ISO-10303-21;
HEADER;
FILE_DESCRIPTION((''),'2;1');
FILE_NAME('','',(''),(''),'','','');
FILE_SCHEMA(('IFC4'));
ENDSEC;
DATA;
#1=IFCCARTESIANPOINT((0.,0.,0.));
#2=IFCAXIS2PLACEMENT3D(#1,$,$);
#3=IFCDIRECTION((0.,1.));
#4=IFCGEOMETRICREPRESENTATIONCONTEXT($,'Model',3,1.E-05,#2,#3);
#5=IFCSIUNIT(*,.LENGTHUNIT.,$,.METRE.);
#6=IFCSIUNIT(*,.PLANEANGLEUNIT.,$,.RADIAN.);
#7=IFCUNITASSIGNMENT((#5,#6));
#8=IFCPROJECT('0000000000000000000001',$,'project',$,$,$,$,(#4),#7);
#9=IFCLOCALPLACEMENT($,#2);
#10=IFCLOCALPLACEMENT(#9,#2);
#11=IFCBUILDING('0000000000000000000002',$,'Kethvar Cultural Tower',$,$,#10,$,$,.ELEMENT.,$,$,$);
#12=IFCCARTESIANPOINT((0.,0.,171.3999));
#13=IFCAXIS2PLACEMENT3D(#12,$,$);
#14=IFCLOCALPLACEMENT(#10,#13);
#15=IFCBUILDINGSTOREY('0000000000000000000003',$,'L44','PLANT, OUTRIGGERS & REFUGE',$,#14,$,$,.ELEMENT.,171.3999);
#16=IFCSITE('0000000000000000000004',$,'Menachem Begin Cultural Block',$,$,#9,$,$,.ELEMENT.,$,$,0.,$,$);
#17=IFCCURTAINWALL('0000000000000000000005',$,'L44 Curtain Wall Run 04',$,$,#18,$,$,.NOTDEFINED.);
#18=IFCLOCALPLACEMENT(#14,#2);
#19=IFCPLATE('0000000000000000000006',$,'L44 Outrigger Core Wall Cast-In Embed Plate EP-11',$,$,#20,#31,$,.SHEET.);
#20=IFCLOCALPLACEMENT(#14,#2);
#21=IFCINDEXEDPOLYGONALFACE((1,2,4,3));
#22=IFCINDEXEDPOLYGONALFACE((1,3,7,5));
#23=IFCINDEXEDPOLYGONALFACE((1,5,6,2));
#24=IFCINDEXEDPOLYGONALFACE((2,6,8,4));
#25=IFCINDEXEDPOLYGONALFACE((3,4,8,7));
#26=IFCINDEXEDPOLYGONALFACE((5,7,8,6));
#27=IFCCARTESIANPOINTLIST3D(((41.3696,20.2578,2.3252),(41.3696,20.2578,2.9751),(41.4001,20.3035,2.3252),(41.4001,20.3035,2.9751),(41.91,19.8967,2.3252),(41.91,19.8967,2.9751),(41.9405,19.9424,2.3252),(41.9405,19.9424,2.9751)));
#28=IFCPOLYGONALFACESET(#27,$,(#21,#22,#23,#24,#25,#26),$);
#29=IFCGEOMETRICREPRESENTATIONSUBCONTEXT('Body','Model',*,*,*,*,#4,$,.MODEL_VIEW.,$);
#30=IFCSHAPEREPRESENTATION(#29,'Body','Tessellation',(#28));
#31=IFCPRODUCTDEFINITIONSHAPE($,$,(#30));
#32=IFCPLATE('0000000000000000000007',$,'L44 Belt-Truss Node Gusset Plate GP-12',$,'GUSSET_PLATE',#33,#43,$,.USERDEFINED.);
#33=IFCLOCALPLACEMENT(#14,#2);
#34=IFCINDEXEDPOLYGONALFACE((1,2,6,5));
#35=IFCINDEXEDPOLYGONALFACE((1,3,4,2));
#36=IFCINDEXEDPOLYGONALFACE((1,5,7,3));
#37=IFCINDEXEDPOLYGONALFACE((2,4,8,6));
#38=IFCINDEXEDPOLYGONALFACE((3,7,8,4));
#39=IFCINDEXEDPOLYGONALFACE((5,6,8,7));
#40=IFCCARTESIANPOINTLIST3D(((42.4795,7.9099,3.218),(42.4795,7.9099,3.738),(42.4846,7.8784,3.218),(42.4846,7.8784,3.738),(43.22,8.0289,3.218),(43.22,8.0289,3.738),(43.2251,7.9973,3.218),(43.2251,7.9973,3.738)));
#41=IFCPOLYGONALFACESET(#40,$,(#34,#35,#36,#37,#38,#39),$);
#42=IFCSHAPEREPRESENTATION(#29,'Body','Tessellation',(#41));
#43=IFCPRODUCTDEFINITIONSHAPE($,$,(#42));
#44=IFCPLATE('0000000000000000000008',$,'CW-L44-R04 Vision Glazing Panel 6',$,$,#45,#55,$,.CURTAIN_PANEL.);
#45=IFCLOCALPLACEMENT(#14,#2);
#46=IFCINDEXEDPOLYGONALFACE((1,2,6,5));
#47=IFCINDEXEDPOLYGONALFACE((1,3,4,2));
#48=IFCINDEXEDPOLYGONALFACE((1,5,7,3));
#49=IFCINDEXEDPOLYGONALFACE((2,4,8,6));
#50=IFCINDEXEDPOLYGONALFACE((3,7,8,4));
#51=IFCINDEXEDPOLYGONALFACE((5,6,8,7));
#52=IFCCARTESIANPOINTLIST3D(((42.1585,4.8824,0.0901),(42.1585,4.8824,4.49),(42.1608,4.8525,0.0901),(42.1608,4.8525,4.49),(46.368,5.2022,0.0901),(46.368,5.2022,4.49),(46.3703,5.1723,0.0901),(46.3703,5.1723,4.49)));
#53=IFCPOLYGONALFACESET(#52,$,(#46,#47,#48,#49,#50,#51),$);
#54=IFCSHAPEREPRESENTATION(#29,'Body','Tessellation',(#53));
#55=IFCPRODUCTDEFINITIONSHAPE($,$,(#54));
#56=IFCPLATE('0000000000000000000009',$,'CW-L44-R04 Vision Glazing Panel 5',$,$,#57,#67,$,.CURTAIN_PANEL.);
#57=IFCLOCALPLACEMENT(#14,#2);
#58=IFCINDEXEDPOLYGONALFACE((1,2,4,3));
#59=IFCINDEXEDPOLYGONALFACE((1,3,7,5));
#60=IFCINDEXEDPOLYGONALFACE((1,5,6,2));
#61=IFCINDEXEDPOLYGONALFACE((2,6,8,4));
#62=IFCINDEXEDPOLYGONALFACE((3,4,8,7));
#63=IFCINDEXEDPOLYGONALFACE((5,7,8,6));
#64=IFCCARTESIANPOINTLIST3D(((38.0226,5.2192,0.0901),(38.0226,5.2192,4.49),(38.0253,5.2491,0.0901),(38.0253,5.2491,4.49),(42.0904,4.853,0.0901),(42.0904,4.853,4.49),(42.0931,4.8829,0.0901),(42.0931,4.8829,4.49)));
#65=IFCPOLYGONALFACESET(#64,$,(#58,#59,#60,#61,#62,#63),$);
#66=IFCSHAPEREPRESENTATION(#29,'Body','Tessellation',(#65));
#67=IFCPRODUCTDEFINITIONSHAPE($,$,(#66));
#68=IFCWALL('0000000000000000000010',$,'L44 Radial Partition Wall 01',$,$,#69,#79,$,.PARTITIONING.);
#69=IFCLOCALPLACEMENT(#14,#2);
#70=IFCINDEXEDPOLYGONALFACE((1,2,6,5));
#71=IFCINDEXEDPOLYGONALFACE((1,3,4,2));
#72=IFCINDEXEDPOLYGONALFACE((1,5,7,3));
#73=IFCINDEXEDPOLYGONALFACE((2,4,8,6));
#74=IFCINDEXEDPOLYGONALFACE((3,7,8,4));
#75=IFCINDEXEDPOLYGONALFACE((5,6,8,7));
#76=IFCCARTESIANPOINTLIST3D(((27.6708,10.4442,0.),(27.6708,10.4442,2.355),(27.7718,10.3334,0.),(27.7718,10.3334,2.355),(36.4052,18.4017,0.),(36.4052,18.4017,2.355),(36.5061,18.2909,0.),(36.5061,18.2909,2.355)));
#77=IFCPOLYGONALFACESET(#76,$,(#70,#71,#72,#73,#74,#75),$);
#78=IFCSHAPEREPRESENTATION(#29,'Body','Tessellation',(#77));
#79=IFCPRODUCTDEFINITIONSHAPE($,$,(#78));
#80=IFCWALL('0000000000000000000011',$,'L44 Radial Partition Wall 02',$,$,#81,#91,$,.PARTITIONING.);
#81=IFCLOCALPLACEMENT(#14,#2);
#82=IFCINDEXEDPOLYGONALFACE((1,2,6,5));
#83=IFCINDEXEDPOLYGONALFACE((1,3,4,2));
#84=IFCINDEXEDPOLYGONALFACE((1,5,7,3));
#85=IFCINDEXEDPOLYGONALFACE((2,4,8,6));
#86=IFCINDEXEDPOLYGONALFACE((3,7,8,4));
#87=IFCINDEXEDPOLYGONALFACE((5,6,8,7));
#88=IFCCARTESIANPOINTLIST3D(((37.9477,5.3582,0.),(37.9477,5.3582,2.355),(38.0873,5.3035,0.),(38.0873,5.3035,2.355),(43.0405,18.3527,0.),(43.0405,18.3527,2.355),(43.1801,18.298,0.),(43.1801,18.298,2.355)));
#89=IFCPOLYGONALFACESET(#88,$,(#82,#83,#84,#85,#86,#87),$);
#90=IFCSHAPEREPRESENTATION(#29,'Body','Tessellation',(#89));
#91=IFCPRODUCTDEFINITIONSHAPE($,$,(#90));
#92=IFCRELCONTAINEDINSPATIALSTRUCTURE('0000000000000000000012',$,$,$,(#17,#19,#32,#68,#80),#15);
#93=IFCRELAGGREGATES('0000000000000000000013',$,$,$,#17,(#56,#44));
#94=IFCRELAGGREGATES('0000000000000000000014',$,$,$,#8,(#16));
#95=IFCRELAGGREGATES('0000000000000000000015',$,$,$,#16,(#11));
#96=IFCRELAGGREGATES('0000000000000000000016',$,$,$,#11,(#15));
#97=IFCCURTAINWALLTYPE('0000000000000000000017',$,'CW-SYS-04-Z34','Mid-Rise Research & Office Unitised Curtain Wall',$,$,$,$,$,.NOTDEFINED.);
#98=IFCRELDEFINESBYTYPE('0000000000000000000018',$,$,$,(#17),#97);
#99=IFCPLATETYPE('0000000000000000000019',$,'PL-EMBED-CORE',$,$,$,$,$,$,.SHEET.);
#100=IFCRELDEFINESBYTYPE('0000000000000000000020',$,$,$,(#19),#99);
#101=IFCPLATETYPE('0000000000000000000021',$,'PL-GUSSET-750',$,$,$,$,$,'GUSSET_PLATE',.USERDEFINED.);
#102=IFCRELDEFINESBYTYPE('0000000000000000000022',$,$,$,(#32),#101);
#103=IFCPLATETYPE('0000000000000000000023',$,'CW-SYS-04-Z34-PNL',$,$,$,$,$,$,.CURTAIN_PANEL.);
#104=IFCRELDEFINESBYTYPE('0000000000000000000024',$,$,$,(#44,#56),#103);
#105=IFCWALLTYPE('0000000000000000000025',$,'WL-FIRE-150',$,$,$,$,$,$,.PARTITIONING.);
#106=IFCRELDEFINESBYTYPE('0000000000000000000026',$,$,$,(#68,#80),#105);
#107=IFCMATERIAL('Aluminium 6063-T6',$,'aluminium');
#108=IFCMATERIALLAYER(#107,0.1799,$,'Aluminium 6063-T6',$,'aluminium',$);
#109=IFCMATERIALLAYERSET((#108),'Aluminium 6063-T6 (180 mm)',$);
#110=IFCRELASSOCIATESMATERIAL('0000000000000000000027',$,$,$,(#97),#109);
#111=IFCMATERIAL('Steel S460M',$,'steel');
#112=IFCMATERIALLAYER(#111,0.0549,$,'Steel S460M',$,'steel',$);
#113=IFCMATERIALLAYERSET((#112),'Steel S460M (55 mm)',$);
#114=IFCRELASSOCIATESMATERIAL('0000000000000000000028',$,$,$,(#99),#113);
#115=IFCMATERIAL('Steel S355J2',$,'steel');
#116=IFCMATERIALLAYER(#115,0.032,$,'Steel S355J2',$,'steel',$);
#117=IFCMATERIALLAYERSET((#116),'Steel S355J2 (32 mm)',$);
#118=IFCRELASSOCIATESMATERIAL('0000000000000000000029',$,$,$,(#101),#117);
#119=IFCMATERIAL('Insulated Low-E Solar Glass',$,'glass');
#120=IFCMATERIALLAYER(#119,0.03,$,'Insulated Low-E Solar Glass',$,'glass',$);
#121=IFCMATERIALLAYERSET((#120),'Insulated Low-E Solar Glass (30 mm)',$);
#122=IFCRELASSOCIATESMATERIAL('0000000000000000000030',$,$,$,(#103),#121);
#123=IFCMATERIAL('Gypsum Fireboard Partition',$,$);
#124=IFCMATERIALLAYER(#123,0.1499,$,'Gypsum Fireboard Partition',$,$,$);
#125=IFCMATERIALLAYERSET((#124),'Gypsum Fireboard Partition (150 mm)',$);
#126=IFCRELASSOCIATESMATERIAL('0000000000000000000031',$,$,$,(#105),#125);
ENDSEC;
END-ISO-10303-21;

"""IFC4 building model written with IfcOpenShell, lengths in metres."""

from ifc_helpers import new_model, si_unit, direction, frame, frame_2d, origin, origin_2d, place, context, subcontext, project, spatial, rectangle, extrude, source, transform, mapped, material, layer, layer_set, type_object, element, aggregate, save


model = new_model("IFC4")

# Units and contexts
model_context = context("Model", 3, precision=1e-05, world=origin(), true_north=direction((0.0, 1.0)))
body_context = subcontext(model_context, "Body", "Model", "MODEL_VIEW")
ifc_project = project(units=[si_unit("LENGTHUNIT", "METRE"), si_unit("PLANEANGLEUNIT", "RADIAN")], contexts=[model_context])

# Site, building, storey
site_placement = place(None, origin())
site = spatial("IfcSite", under=ifc_project, at=site_placement, Name="Menachem Begin Cultural Block", CompositionType="ELEMENT", RefElevation=0.0)
building_placement = place(site_placement, origin())
building = spatial("IfcBuilding", under=site, at=building_placement, Name="Kethvar Cultural Tower", CompositionType="ELEMENT")
storey_placement = place(building_placement, frame((0.0, 0.0, 171.3999)))
storey = spatial("IfcBuildingStorey", under=building, at=storey_placement, Name="L44", Description="PLANT, OUTRIGGERS & REFUGE", CompositionType="ELEMENT", Elevation=171.3999)

# Shared definitions
ifc_material_1 = material(Name="Steel S460M", Category="steel")

# Curtain wall
ifc_material_2 = material(Name="Aluminium 6063-T6", Category="aluminium")
ifc_layer_1 = layer(ifc_material_2, 0.1799, Name="Aluminium 6063-T6", Category="aluminium")
ifc_layer_set_1 = layer_set([ifc_layer_1], Name="Aluminium 6063-T6 (180 mm)")
curtain_wall_type = type_object("IfcCurtainWallType", Name="CW-SYS-04-Z34", Description="Mid-Rise Research & Office Unitised Curtain Wall", PredefinedType="NOTDEFINED", material=ifc_layer_set_1)
curtain_wall_1_placement = place(storey_placement, origin())
curtain_wall_1 = element("IfcCurtainWall", 1, at=curtain_wall_1_placement, inside=storey, type_object=curtain_wall_type, Name="L44 Curtain Wall Run 04", PredefinedType="NOTDEFINED")

# Plates
ifc_layer_2 = layer(ifc_material_1, 0.0549, Name="Steel S460M", Category="steel")
ifc_layer_set_2 = layer_set([ifc_layer_2], Name="Steel S460M (55 mm)")
plate_type_1 = type_object("IfcPlateType", Name="PL-EMBED-CORE", PredefinedType="SHEET", material=ifc_layer_set_2)
shared_shape_1 = source(origin(), body_context, "Body", "SweptSolid", [
    extrude(rectangle(XDim=0.0549, YDim=0.6499, at=origin_2d()), origin(), (0.0, 0.0, 1.0), 0.6499),
])
plate_1_placement = place(storey_placement, frame((41.655, 20.1001, 2.3252), z_axis=(0.0, 0.0, 1.0), x_axis=(-0.55557, -0.83147, 0.0)))
element("IfcPlate", 2, at=plate_1_placement, inside=storey, type_object=plate_type_1, Name="L44 Outrigger Core Wall Cast-In Embed Plate EP-11", PredefinedType="SHEET", context=body_context, shape_type="MappedRepresentation", body=[
    mapped(shared_shape_1, transform((0.0, 0.0, 0.0), scale=1.0)),
])
ifc_material_3 = material(Name="Steel S355J2", Category="steel")
ifc_layer_3 = layer(ifc_material_3, 0.032, Name="Steel S355J2", Category="steel")
ifc_layer_set_3 = layer_set([ifc_layer_3], Name="Steel S355J2 (32 mm)")
plate_type_2 = type_object("IfcPlateType", Name="PL-GUSSET-750", ElementType="GUSSET_PLATE", PredefinedType="USERDEFINED", material=ifc_layer_set_3)
shared_shape_2 = source(origin(), body_context, "Body", "SweptSolid", [
    extrude(rectangle(XDim=0.75, YDim=0.032, at=origin_2d()), origin(), (0.0, 0.0, 1.0), 0.52),
])
plate_2_placement = place(storey_placement, frame((42.8523, 7.9536, 3.218), z_axis=(0.0, 0.0, 1.0), x_axis=(0.987347, 0.158574, 0.0)))
element("IfcPlate", 3, at=plate_2_placement, inside=storey, type_object=plate_type_2, Name="L44 Belt-Truss Node Gusset Plate GP-12", ObjectType="GUSSET_PLATE", PredefinedType="USERDEFINED", context=body_context, shape_type="MappedRepresentation", body=[
    mapped(shared_shape_2, transform((0.0, 0.0, 0.0), scale=1.0)),
])

# Plates
ifc_material_4 = material(Name="Insulated Low-E Solar Glass", Category="glass")
ifc_layer_4 = layer(ifc_material_4, 0.03, Name="Insulated Low-E Solar Glass", Category="glass")
ifc_layer_set_4 = layer_set([ifc_layer_4], Name="Insulated Low-E Solar Glass (30 mm)")
plate_type_3 = type_object("IfcPlateType", Name="CW-SYS-04-Z34-PNL", PredefinedType="CURTAIN_PANEL", material=ifc_layer_set_4)
shared_shape_3 = source(origin(), body_context, "Body", "SweptSolid", [
    extrude(rectangle(XDim=4.2217, YDim=0.03, at=origin_2d()), origin(), (0.0, 0.0, 1.0), 4.3999),
])
plate_3_placement = place(storey_placement, frame((44.2644, 5.0273, 0.0901), z_axis=(0.0, 0.0, 1.0), x_axis=(0.997127, 0.075744, 0.0)))
plate_3 = element("IfcPlate", 4, at=plate_3_placement, type_object=plate_type_3, Name="CW-L44-R04 Vision Glazing Panel 6", PredefinedType="CURTAIN_PANEL", context=body_context, shape_type="MappedRepresentation", body=[
    mapped(shared_shape_3, transform((0.0, 0.0, 0.0), scale=1.0)),
])
shared_shape_4 = source(origin(), body_context, "Body", "SweptSolid", [
    extrude(rectangle(XDim=4.0842, YDim=0.03, at=origin_2d()), origin(), (0.0, 0.0, 1.0), 4.3999),
])
plate_4_placement = place(storey_placement, frame((40.0579, 5.051, 0.0901), z_axis=(0.0, 0.0, 1.0), x_axis=(0.995973, -0.089659, 0.0)))
plate_4 = element("IfcPlate", 5, at=plate_4_placement, type_object=plate_type_3, Name="CW-L44-R04 Vision Glazing Panel 5", PredefinedType="CURTAIN_PANEL", context=body_context, shape_type="MappedRepresentation", body=[
    mapped(shared_shape_4, transform((0.0, 0.0, 0.0), scale=1.0)),
])
aggregate(curtain_wall_1, [plate_4, plate_3])

# Walls
ifc_material_5 = material(Name="Gypsum Fireboard Partition")
ifc_layer_5 = layer(ifc_material_5, 0.1499, Name="Gypsum Fireboard Partition")
ifc_layer_set_5 = layer_set([ifc_layer_5], Name="Gypsum Fireboard Partition (150 mm)")
wall_type_1 = type_object("IfcWallType", Name="WL-FIRE-150", PredefinedType="PARTITIONING", material=ifc_layer_set_5)
wall_1_placement = place(storey_placement, frame((36.4556, 18.3462, 0.0), z_axis=(0.0, 0.0, 1.0), x_axis=(-0.739216, -0.673468, 0.0)))
element("IfcWall", 6, at=wall_1_placement, inside=storey, type_object=wall_type_1, Name="L44 Radial Partition Wall 01", PredefinedType="PARTITIONING", context=body_context, shape_type="SweptSolid", body=[
    extrude(rectangle(XDim=11.8157, YDim=0.1499, at=frame_2d((5.9077, 0.0))), origin(), (0.0, 0.0, 1.0), 2.355),
])
wall_2_placement = place(storey_placement, frame((43.1104, 18.3254, 0.0), z_axis=(0.0, 0.0, 1.0), x_axis=(-0.364897, -0.931048, 0.0)))
element("IfcWall", 7, at=wall_2_placement, inside=storey, type_object=wall_type_1, Name="L44 Radial Partition Wall 02", PredefinedType="PARTITIONING", context=body_context, shape_type="SweptSolid", body=[
    extrude(rectangle(XDim=13.9568, YDim=0.1499, at=frame_2d((6.9785, 0.0))), origin(), (0.0, 0.0, 1.0), 2.355),
])

save(model, "model.ifc")
